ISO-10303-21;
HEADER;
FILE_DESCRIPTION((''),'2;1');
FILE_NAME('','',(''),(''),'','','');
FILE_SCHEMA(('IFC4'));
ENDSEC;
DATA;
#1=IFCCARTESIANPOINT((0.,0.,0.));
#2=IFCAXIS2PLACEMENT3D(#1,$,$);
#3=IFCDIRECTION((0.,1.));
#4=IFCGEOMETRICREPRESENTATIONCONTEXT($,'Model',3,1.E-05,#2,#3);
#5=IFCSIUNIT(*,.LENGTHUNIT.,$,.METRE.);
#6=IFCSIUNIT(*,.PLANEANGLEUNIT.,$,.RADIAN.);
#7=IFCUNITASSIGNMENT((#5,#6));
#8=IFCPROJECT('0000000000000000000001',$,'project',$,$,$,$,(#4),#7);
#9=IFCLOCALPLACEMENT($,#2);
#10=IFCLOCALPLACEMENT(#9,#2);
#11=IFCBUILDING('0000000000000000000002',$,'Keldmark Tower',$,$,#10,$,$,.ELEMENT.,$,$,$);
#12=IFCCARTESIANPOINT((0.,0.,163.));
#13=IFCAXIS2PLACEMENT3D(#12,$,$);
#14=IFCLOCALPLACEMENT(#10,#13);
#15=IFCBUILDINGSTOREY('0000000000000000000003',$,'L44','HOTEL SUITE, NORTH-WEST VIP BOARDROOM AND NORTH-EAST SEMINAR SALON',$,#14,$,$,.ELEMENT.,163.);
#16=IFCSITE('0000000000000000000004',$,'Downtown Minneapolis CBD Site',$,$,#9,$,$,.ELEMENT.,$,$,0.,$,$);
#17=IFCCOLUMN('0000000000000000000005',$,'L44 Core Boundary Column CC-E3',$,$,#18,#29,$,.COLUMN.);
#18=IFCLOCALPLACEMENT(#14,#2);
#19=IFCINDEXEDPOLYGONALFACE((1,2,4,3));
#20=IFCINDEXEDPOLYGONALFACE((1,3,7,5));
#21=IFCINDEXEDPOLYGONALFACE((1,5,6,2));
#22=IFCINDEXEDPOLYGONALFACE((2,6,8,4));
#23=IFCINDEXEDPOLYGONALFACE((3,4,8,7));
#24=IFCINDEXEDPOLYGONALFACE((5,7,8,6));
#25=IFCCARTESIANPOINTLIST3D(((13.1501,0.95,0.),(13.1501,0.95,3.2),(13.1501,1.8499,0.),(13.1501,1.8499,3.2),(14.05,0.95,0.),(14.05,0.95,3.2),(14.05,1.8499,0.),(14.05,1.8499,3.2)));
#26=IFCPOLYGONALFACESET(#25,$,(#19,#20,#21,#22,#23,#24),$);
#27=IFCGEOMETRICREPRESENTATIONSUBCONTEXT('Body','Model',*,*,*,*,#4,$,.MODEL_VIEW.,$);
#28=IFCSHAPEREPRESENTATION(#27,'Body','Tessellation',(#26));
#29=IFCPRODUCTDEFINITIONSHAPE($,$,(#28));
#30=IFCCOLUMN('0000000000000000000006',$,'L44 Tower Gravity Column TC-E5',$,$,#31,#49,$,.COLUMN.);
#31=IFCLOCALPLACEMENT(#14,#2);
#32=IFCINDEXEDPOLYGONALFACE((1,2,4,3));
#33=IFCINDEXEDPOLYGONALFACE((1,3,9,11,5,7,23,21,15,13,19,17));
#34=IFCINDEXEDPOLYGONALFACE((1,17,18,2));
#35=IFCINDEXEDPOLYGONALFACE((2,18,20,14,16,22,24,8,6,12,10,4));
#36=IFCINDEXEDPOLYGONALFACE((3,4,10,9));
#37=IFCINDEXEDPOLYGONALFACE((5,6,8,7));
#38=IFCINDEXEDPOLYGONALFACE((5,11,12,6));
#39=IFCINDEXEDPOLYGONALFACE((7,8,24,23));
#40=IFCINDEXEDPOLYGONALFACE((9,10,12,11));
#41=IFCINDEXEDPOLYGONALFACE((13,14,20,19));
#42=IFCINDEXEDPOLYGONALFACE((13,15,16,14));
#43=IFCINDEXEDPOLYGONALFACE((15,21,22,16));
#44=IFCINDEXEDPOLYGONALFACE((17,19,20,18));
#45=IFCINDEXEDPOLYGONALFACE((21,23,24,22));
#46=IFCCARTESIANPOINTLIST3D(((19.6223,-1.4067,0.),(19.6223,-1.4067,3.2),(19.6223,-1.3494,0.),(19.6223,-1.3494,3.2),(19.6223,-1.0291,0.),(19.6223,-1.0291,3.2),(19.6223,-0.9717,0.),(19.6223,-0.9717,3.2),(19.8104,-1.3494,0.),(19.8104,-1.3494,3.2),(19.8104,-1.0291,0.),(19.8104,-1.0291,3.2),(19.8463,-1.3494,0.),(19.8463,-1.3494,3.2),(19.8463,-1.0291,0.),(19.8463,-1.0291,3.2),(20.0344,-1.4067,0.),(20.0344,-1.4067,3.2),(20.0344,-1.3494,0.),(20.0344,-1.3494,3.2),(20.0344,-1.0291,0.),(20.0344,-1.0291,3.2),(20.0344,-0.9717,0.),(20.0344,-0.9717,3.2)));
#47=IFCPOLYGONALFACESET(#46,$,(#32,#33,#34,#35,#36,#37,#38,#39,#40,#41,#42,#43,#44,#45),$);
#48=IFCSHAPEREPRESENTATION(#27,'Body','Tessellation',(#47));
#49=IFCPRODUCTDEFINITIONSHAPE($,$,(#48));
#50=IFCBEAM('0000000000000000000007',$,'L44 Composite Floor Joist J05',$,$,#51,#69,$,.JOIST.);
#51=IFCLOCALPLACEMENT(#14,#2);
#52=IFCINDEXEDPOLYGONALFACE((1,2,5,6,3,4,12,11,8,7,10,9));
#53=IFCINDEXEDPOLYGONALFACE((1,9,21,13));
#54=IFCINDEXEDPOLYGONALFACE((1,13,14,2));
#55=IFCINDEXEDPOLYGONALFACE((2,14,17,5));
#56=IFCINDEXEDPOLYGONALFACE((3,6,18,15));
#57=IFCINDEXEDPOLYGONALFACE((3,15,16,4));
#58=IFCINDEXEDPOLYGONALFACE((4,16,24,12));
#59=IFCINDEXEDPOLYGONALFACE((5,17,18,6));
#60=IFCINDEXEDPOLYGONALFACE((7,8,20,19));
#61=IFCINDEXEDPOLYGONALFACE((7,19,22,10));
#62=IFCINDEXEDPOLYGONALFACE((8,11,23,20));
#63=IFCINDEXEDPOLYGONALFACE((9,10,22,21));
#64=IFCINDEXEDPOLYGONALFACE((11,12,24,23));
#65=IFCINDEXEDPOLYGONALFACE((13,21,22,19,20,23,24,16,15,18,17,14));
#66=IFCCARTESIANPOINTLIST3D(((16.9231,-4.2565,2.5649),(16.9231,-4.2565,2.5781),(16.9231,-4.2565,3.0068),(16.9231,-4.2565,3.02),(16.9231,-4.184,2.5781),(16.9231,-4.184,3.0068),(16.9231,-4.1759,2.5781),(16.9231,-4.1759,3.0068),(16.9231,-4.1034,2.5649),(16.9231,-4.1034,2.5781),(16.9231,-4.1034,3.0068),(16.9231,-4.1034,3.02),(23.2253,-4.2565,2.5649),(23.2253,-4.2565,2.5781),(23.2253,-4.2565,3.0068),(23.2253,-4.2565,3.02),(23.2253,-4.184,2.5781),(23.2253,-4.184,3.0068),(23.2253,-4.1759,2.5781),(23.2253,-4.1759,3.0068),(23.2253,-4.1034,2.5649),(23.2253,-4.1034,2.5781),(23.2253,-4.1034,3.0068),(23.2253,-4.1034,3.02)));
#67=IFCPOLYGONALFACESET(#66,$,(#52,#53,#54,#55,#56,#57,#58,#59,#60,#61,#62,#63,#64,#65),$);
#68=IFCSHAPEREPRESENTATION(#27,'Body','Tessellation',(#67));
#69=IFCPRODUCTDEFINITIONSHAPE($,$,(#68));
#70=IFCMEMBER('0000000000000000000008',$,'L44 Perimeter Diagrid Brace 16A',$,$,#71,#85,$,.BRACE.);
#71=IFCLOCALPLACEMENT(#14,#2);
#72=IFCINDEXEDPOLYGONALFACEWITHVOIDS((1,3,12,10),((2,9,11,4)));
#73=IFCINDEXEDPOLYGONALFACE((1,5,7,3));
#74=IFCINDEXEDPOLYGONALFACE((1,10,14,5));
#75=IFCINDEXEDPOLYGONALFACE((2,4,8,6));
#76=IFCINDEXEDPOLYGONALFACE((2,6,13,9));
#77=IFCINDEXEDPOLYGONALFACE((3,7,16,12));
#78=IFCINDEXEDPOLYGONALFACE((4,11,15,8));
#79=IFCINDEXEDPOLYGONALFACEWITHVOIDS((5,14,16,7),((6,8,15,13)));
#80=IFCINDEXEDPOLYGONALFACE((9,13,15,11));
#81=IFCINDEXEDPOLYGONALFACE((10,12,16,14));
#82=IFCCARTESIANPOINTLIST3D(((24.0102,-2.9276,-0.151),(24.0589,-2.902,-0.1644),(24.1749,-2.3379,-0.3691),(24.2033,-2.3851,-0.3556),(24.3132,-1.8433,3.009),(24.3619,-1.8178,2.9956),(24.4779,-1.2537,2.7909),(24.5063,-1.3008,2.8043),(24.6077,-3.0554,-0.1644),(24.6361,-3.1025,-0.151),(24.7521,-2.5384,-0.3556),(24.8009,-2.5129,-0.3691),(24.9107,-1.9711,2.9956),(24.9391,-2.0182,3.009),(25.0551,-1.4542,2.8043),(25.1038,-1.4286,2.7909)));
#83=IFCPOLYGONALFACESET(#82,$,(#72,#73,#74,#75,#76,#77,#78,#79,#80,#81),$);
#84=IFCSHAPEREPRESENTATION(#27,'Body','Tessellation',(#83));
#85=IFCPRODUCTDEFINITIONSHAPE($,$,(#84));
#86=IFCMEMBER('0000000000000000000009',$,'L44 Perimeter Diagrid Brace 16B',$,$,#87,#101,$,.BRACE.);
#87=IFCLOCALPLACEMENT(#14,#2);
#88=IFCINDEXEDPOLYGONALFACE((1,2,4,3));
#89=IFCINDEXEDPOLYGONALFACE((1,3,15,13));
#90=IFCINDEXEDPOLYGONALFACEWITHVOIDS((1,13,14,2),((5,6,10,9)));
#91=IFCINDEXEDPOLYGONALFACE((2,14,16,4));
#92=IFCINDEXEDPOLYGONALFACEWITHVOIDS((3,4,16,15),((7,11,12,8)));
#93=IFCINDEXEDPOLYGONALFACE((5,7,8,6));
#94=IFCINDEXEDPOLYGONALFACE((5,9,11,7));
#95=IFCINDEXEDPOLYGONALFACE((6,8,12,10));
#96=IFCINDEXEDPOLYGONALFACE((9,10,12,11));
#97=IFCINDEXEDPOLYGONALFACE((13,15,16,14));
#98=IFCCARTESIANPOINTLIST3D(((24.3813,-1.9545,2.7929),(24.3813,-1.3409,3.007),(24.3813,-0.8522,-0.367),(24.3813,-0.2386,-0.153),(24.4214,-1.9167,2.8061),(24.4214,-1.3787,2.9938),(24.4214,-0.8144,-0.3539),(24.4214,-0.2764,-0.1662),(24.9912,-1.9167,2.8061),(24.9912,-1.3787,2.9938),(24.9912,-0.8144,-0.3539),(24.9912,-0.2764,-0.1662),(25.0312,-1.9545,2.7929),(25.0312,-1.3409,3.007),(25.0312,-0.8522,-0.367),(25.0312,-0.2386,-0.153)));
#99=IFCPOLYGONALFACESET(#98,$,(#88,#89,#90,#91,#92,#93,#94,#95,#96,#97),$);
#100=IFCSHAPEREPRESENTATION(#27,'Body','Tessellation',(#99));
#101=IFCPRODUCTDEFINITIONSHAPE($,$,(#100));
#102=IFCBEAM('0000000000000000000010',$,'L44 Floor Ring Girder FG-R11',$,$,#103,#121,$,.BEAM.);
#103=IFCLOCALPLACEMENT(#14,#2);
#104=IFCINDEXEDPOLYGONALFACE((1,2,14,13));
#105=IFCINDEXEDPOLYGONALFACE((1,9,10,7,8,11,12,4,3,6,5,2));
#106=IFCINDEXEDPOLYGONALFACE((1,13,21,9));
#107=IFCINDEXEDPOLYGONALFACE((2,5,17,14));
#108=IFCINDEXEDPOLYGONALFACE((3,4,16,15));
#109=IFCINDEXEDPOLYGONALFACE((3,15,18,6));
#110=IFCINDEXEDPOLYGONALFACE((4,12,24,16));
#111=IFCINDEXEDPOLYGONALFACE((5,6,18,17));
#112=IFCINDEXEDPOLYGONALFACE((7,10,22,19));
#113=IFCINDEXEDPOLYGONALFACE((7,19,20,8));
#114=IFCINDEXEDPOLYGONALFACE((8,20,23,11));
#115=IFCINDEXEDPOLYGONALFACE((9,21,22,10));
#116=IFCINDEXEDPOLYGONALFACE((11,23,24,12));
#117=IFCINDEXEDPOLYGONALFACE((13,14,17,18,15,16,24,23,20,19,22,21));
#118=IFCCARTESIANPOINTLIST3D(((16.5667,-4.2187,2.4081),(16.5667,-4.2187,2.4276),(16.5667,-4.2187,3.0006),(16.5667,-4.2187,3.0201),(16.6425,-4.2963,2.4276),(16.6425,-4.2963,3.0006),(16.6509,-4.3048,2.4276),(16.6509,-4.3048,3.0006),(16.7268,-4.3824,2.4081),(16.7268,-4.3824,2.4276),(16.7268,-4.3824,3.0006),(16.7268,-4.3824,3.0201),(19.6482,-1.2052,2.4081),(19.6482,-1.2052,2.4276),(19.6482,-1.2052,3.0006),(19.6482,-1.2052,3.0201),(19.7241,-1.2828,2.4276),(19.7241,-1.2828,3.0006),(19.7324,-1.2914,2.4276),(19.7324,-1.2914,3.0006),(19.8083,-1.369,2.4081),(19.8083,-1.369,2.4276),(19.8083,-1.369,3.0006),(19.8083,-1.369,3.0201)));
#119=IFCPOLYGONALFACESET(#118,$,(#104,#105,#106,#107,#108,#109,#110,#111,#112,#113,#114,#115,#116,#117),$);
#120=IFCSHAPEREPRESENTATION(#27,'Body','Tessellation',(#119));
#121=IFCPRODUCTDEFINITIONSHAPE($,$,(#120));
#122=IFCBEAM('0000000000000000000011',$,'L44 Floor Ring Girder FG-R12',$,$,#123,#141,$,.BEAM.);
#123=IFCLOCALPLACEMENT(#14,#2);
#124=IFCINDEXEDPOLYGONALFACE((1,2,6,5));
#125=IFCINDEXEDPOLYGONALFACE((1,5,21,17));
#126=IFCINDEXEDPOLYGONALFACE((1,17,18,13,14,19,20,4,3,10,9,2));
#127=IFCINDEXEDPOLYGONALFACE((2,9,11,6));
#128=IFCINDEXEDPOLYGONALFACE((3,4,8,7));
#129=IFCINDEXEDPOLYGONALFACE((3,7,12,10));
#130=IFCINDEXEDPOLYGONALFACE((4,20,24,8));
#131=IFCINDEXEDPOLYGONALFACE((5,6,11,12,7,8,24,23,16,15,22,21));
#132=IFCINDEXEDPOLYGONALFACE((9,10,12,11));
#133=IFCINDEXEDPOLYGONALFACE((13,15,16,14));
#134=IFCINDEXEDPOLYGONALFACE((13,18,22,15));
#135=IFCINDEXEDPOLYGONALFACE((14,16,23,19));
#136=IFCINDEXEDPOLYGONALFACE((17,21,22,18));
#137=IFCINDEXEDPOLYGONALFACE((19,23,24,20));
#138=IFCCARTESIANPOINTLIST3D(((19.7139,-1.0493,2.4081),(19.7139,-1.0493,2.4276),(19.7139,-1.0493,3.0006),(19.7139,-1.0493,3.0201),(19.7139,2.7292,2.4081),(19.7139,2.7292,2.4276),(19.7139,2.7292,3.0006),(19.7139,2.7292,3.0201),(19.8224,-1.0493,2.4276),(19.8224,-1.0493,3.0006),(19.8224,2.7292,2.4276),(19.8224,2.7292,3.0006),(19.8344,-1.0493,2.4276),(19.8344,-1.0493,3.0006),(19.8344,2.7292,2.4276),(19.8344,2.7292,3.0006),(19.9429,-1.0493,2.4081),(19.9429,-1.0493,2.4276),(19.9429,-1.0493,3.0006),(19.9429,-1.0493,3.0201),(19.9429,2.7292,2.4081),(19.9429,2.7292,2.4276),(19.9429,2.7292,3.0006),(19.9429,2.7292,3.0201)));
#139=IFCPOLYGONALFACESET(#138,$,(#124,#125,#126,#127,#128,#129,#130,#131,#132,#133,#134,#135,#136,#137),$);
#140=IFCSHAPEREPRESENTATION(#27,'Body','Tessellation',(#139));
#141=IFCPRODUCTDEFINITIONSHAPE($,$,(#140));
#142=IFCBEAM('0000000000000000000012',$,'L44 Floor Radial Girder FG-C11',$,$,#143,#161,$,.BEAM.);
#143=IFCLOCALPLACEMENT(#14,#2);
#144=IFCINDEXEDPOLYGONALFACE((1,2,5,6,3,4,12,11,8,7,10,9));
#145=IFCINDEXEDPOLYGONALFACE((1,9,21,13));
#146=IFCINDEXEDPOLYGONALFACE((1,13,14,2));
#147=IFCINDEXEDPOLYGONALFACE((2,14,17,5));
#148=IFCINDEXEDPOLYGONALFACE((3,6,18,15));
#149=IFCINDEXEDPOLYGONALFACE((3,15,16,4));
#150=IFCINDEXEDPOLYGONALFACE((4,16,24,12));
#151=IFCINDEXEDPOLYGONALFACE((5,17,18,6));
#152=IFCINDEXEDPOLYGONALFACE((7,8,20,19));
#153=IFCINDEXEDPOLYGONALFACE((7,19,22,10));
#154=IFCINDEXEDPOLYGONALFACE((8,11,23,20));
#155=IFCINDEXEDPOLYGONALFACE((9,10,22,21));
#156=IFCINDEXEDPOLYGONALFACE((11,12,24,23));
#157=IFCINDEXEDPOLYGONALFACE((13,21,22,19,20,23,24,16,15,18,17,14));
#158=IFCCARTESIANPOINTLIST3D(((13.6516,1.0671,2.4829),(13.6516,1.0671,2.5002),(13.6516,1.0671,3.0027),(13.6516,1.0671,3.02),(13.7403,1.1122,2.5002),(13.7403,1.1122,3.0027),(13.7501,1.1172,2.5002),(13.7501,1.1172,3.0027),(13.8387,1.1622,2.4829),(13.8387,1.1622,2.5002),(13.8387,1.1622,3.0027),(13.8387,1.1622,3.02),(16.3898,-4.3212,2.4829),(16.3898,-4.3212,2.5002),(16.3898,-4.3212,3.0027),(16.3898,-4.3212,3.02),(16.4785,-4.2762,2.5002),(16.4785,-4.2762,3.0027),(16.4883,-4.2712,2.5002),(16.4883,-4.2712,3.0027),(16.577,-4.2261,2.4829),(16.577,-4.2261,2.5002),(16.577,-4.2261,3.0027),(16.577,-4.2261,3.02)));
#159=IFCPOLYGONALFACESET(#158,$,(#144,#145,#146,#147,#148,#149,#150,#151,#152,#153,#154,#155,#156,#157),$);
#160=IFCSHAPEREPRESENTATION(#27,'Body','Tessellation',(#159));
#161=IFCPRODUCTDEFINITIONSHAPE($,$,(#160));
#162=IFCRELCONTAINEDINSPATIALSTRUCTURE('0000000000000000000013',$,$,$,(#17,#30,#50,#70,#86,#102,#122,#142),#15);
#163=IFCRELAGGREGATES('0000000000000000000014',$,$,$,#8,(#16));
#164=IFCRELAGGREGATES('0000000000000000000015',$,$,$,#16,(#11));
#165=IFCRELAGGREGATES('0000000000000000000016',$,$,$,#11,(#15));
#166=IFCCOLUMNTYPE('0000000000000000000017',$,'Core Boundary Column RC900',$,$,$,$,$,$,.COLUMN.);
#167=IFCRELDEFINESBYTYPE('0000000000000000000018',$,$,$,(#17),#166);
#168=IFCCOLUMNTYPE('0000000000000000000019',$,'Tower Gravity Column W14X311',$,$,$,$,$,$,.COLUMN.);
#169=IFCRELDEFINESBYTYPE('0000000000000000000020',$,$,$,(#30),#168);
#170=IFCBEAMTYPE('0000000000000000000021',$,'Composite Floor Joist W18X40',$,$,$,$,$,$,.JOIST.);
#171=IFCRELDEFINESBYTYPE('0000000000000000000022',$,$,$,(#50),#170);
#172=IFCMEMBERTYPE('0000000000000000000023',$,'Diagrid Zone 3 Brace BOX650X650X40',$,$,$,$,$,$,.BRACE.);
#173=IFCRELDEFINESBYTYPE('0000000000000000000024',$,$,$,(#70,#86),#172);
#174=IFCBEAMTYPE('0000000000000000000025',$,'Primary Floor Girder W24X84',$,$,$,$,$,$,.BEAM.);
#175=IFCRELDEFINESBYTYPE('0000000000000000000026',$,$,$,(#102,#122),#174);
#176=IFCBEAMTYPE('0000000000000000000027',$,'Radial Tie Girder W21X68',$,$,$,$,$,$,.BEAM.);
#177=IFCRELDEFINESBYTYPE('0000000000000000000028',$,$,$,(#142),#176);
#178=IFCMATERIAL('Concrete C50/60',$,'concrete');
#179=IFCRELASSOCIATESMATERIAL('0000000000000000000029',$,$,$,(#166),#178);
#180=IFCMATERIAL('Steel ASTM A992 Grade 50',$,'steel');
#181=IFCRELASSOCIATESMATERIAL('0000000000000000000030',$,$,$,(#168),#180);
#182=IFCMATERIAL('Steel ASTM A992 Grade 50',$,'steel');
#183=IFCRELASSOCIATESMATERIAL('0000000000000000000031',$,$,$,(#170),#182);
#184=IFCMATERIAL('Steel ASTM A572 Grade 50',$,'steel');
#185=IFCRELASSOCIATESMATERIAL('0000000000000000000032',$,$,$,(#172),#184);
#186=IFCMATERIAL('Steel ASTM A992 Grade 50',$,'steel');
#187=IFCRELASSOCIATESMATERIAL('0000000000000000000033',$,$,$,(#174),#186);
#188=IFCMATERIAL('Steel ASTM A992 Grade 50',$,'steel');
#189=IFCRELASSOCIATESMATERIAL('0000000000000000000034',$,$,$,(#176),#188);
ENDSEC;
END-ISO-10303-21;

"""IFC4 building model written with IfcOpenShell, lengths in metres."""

from ifc_helpers import new_model, si_unit, direction, frame, origin, origin_2d, place, context, subcontext, project, spatial, rectangle, hollow_rectangle, i_section, extrude, material, material_profile, profile_set, type_object, element, save


model = new_model("IFC4")

# Units and contexts
model_context = context("Model", 3, precision=1e-05, world=origin(), true_north=direction((0.0, 1.0)))
body_context = subcontext(model_context, "Body", "Model", "MODEL_VIEW")
ifc_project = project(units=[si_unit("LENGTHUNIT", "METRE"), si_unit("PLANEANGLEUNIT", "RADIAN")], contexts=[model_context])

# Site, building, storey
site_placement = place(None, origin())
site = spatial("IfcSite", under=ifc_project, at=site_placement, Name="Downtown Minneapolis CBD Site", CompositionType="ELEMENT", RefElevation=0.0)
building_placement = place(site_placement, origin())
building = spatial("IfcBuilding", under=site, at=building_placement, Name="Keldmark Tower", CompositionType="ELEMENT")
storey_placement = place(building_placement, frame((0.0, 0.0, 163.0)))
storey = spatial("IfcBuildingStorey", under=building, at=storey_placement, Name="L44", Description="HOTEL SUITE, NORTH-WEST VIP BOARDROOM AND NORTH-EAST SEMINAR SALON", CompositionType="ELEMENT", Elevation=163.0)

# Columns
ifc_material_1 = material(Name="Concrete C50/60", Category="concrete")
ifc_material_profile_1 = material_profile(ifc_material_1, rectangle(XDim=0.8999, YDim=0.8999, at=origin_2d()), Name="RC900X900")
ifc_profile_set_1 = profile_set([ifc_material_profile_1], Name="Concrete C50/60")
column_type_1 = type_object("IfcColumnType", Name="Core Boundary Column RC900", PredefinedType="COLUMN", material=ifc_profile_set_1)
column_1_placement = place(storey_placement, frame((13.6001, 1.3999, 0.0), z_axis=(0.0, 0.0, 1.0), x_axis=(1.0, 0.0, 0.0)))
element("IfcColumn", 1, at=column_1_placement, inside=storey, type_object=column_type_1, Name="L44 Core Boundary Column CC-E3", PredefinedType="COLUMN", context=body_context, shape_type="SweptSolid", body=[
    extrude(rectangle(XDim=0.8999, YDim=0.8999, at=origin_2d()), origin(), (0.0, 0.0, 1.0), 3.2),
])
ifc_material_2 = material(Name="Steel ASTM A992 Grade 50", Category="steel")
ifc_material_profile_2 = material_profile(ifc_material_2, i_section(OverallWidth=0.4121, OverallDepth=0.4351, WebThickness=0.0359, FlangeThickness=0.0574, at=origin_2d()), Name="W14X311")
ifc_profile_set_2 = profile_set([ifc_material_profile_2], Name="Steel ASTM A992 Grade 50")
column_type_2 = type_object("IfcColumnType", Name="Tower Gravity Column W14X311", PredefinedType="COLUMN", material=ifc_profile_set_2)
column_2_placement = place(storey_placement, frame((19.8284, -1.1892, 0.0), z_axis=(0.0, 0.0, 1.0), x_axis=(1.0, 0.0, 0.0)))
element("IfcColumn", 2, at=column_2_placement, inside=storey, type_object=column_type_2, Name="L44 Tower Gravity Column TC-E5", PredefinedType="COLUMN", context=body_context, shape_type="SweptSolid", body=[
    extrude(i_section(OverallWidth=0.4121, OverallDepth=0.4351, WebThickness=0.0359, FlangeThickness=0.0574, at=origin_2d()), origin(), (0.0, 0.0, 1.0), 3.2),
])

# Beam
ifc_material_3 = material(Name="Steel ASTM A992 Grade 50", Category="steel")
ifc_material_profile_3 = material_profile(ifc_material_3, i_section(OverallWidth=0.1531, OverallDepth=0.4551, WebThickness=0.0081, FlangeThickness=0.0132, at=origin_2d()), Name="W18X40")
ifc_profile_set_3 = profile_set([ifc_material_profile_3], Name="Steel ASTM A992 Grade 50")
beam_type_1 = type_object("IfcBeamType", Name="Composite Floor Joist W18X40", PredefinedType="JOIST", material=ifc_profile_set_3)
beam_1_placement = place(storey_placement, frame((16.9231, -4.1799, 2.7925), z_axis=(1.0, 0.0, 0.0), x_axis=(0.0, 1.0, 0.0)))
element("IfcBeam", 3, at=beam_1_placement, inside=storey, type_object=beam_type_1, Name="L44 Composite Floor Joist J05", PredefinedType="JOIST", context=body_context, shape_type="SweptSolid", body=[
    extrude(i_section(OverallWidth=0.1531, OverallDepth=0.4551, WebThickness=0.0081, FlangeThickness=0.0132, at=origin_2d()), origin(), (0.0, 0.0, 1.0), 6.3022),
])

# Members
ifc_material_4 = material(Name="Steel ASTM A572 Grade 50", Category="steel")
ifc_material_profile_4 = material_profile(ifc_material_4, hollow_rectangle(XDim=0.6499, YDim=0.6499, WallThickness=0.04, at=origin_2d()), Name="BOX650X650X40")
ifc_profile_set_4 = profile_set([ifc_material_profile_4], Name="Steel ASTM A572 Grade 50")
member_type = type_object("IfcMemberType", Name="Diagrid Zone 3 Brace BOX650X650X40", PredefinedType="BRACE", material=ifc_profile_set_4)
member_1_placement = place(storey_placement, frame((24.4055, -2.7202, -0.26), z_axis=(0.090321, 0.32322, 0.942004), x_axis=(-0.963104, 0.269131, 0.0)))
element("IfcMember", 4, at=member_1_placement, inside=storey, type_object=member_type, Name="L44 Perimeter Diagrid Brace 16A", PredefinedType="BRACE", context=body_context, shape_type="SweptSolid", body=[
    extrude(hollow_rectangle(XDim=0.6499, YDim=0.6499, WallThickness=0.04, at=origin_2d()), origin(), (0.0, 0.0, 1.0), 3.3545),
])
member_2_placement = place(storey_placement, frame((24.7063, -0.5454, -0.26), z_axis=(0.0, -0.329372, 0.9442), x_axis=(1.0, 0.0, 0.0)))
element("IfcMember", 5, at=member_2_placement, inside=storey, type_object=member_type, Name="L44 Perimeter Diagrid Brace 16B", PredefinedType="BRACE", context=body_context, shape_type="SweptSolid", body=[
    extrude(hollow_rectangle(XDim=0.6499, YDim=0.6499, WallThickness=0.04, at=origin_2d()), origin(), (0.0, 0.0, 1.0), 3.3467),
])

# Beams
ifc_material_5 = material(Name="Steel ASTM A992 Grade 50", Category="steel")
ifc_material_profile_5 = material_profile(ifc_material_5, i_section(OverallWidth=0.229, OverallDepth=0.6121, WebThickness=0.012, FlangeThickness=0.0195, at=origin_2d()), Name="W24X84")
ifc_profile_set_5 = profile_set([ifc_material_profile_5], Name="Steel ASTM A992 Grade 50")
beam_type_2 = type_object("IfcBeamType", Name="Primary Floor Girder W24X84", PredefinedType="BEAM", material=ifc_profile_set_5)
beam_2_placement = place(storey_placement, frame((16.6467, -4.3005, 2.7141), z_axis=(0.714965, 0.699161, 0.0), x_axis=(-0.699161, 0.714965, 0.0)))
element("IfcBeam", 6, at=beam_2_placement, inside=storey, type_object=beam_type_2, Name="L44 Floor Ring Girder FG-R11", PredefinedType="BEAM", context=body_context, shape_type="SweptSolid", body=[
    extrude(i_section(OverallWidth=0.229, OverallDepth=0.6121, WebThickness=0.012, FlangeThickness=0.0195, at=origin_2d()), origin(), (0.0, 0.0, 1.0), 4.3101),
])
beam_3_placement = place(storey_placement, frame((19.8284, -1.0493, 2.7141), z_axis=(0.0, 1.0, 0.0), x_axis=(-1.0, 0.0, 0.0)))
element("IfcBeam", 7, at=beam_3_placement, inside=storey, type_object=beam_type_2, Name="L44 Floor Ring Girder FG-R12", PredefinedType="BEAM", context=body_context, shape_type="SweptSolid", body=[
    extrude(i_section(OverallWidth=0.229, OverallDepth=0.6121, WebThickness=0.012, FlangeThickness=0.0195, at=origin_2d()), origin(), (0.0, 0.0, 1.0), 3.7786),
])
ifc_material_6 = material(Name="Steel ASTM A992 Grade 50", Category="steel")
ifc_material_profile_6 = material_profile(ifc_material_6, i_section(OverallWidth=0.21, OverallDepth=0.5371, WebThickness=0.011, FlangeThickness=0.0173, at=origin_2d()), Name="W21X68")
ifc_profile_set_6 = profile_set([ifc_material_profile_6], Name="Steel ASTM A992 Grade 50")
beam_type_3 = type_object("IfcBeamType", Name="Radial Tie Girder W21X68", PredefinedType="BEAM", material=ifc_profile_set_6)
beam_4_placement = place(storey_placement, frame((16.4834, -4.2737, 2.7515), z_axis=(-0.453037, 0.891492, 0.0), x_axis=(-0.891492, -0.453037, 0.0)))
element("IfcBeam", 8, at=beam_4_placement, inside=storey, type_object=beam_type_3, Name="L44 Floor Radial Girder FG-C11", PredefinedType="BEAM", context=body_context, shape_type="SweptSolid", body=[
    extrude(i_section(OverallWidth=0.21, OverallDepth=0.5371, WebThickness=0.011, FlangeThickness=0.0173, at=origin_2d()), origin(), (0.0, 0.0, 1.0), 6.0442),
])

save(model, "model.ifc")
